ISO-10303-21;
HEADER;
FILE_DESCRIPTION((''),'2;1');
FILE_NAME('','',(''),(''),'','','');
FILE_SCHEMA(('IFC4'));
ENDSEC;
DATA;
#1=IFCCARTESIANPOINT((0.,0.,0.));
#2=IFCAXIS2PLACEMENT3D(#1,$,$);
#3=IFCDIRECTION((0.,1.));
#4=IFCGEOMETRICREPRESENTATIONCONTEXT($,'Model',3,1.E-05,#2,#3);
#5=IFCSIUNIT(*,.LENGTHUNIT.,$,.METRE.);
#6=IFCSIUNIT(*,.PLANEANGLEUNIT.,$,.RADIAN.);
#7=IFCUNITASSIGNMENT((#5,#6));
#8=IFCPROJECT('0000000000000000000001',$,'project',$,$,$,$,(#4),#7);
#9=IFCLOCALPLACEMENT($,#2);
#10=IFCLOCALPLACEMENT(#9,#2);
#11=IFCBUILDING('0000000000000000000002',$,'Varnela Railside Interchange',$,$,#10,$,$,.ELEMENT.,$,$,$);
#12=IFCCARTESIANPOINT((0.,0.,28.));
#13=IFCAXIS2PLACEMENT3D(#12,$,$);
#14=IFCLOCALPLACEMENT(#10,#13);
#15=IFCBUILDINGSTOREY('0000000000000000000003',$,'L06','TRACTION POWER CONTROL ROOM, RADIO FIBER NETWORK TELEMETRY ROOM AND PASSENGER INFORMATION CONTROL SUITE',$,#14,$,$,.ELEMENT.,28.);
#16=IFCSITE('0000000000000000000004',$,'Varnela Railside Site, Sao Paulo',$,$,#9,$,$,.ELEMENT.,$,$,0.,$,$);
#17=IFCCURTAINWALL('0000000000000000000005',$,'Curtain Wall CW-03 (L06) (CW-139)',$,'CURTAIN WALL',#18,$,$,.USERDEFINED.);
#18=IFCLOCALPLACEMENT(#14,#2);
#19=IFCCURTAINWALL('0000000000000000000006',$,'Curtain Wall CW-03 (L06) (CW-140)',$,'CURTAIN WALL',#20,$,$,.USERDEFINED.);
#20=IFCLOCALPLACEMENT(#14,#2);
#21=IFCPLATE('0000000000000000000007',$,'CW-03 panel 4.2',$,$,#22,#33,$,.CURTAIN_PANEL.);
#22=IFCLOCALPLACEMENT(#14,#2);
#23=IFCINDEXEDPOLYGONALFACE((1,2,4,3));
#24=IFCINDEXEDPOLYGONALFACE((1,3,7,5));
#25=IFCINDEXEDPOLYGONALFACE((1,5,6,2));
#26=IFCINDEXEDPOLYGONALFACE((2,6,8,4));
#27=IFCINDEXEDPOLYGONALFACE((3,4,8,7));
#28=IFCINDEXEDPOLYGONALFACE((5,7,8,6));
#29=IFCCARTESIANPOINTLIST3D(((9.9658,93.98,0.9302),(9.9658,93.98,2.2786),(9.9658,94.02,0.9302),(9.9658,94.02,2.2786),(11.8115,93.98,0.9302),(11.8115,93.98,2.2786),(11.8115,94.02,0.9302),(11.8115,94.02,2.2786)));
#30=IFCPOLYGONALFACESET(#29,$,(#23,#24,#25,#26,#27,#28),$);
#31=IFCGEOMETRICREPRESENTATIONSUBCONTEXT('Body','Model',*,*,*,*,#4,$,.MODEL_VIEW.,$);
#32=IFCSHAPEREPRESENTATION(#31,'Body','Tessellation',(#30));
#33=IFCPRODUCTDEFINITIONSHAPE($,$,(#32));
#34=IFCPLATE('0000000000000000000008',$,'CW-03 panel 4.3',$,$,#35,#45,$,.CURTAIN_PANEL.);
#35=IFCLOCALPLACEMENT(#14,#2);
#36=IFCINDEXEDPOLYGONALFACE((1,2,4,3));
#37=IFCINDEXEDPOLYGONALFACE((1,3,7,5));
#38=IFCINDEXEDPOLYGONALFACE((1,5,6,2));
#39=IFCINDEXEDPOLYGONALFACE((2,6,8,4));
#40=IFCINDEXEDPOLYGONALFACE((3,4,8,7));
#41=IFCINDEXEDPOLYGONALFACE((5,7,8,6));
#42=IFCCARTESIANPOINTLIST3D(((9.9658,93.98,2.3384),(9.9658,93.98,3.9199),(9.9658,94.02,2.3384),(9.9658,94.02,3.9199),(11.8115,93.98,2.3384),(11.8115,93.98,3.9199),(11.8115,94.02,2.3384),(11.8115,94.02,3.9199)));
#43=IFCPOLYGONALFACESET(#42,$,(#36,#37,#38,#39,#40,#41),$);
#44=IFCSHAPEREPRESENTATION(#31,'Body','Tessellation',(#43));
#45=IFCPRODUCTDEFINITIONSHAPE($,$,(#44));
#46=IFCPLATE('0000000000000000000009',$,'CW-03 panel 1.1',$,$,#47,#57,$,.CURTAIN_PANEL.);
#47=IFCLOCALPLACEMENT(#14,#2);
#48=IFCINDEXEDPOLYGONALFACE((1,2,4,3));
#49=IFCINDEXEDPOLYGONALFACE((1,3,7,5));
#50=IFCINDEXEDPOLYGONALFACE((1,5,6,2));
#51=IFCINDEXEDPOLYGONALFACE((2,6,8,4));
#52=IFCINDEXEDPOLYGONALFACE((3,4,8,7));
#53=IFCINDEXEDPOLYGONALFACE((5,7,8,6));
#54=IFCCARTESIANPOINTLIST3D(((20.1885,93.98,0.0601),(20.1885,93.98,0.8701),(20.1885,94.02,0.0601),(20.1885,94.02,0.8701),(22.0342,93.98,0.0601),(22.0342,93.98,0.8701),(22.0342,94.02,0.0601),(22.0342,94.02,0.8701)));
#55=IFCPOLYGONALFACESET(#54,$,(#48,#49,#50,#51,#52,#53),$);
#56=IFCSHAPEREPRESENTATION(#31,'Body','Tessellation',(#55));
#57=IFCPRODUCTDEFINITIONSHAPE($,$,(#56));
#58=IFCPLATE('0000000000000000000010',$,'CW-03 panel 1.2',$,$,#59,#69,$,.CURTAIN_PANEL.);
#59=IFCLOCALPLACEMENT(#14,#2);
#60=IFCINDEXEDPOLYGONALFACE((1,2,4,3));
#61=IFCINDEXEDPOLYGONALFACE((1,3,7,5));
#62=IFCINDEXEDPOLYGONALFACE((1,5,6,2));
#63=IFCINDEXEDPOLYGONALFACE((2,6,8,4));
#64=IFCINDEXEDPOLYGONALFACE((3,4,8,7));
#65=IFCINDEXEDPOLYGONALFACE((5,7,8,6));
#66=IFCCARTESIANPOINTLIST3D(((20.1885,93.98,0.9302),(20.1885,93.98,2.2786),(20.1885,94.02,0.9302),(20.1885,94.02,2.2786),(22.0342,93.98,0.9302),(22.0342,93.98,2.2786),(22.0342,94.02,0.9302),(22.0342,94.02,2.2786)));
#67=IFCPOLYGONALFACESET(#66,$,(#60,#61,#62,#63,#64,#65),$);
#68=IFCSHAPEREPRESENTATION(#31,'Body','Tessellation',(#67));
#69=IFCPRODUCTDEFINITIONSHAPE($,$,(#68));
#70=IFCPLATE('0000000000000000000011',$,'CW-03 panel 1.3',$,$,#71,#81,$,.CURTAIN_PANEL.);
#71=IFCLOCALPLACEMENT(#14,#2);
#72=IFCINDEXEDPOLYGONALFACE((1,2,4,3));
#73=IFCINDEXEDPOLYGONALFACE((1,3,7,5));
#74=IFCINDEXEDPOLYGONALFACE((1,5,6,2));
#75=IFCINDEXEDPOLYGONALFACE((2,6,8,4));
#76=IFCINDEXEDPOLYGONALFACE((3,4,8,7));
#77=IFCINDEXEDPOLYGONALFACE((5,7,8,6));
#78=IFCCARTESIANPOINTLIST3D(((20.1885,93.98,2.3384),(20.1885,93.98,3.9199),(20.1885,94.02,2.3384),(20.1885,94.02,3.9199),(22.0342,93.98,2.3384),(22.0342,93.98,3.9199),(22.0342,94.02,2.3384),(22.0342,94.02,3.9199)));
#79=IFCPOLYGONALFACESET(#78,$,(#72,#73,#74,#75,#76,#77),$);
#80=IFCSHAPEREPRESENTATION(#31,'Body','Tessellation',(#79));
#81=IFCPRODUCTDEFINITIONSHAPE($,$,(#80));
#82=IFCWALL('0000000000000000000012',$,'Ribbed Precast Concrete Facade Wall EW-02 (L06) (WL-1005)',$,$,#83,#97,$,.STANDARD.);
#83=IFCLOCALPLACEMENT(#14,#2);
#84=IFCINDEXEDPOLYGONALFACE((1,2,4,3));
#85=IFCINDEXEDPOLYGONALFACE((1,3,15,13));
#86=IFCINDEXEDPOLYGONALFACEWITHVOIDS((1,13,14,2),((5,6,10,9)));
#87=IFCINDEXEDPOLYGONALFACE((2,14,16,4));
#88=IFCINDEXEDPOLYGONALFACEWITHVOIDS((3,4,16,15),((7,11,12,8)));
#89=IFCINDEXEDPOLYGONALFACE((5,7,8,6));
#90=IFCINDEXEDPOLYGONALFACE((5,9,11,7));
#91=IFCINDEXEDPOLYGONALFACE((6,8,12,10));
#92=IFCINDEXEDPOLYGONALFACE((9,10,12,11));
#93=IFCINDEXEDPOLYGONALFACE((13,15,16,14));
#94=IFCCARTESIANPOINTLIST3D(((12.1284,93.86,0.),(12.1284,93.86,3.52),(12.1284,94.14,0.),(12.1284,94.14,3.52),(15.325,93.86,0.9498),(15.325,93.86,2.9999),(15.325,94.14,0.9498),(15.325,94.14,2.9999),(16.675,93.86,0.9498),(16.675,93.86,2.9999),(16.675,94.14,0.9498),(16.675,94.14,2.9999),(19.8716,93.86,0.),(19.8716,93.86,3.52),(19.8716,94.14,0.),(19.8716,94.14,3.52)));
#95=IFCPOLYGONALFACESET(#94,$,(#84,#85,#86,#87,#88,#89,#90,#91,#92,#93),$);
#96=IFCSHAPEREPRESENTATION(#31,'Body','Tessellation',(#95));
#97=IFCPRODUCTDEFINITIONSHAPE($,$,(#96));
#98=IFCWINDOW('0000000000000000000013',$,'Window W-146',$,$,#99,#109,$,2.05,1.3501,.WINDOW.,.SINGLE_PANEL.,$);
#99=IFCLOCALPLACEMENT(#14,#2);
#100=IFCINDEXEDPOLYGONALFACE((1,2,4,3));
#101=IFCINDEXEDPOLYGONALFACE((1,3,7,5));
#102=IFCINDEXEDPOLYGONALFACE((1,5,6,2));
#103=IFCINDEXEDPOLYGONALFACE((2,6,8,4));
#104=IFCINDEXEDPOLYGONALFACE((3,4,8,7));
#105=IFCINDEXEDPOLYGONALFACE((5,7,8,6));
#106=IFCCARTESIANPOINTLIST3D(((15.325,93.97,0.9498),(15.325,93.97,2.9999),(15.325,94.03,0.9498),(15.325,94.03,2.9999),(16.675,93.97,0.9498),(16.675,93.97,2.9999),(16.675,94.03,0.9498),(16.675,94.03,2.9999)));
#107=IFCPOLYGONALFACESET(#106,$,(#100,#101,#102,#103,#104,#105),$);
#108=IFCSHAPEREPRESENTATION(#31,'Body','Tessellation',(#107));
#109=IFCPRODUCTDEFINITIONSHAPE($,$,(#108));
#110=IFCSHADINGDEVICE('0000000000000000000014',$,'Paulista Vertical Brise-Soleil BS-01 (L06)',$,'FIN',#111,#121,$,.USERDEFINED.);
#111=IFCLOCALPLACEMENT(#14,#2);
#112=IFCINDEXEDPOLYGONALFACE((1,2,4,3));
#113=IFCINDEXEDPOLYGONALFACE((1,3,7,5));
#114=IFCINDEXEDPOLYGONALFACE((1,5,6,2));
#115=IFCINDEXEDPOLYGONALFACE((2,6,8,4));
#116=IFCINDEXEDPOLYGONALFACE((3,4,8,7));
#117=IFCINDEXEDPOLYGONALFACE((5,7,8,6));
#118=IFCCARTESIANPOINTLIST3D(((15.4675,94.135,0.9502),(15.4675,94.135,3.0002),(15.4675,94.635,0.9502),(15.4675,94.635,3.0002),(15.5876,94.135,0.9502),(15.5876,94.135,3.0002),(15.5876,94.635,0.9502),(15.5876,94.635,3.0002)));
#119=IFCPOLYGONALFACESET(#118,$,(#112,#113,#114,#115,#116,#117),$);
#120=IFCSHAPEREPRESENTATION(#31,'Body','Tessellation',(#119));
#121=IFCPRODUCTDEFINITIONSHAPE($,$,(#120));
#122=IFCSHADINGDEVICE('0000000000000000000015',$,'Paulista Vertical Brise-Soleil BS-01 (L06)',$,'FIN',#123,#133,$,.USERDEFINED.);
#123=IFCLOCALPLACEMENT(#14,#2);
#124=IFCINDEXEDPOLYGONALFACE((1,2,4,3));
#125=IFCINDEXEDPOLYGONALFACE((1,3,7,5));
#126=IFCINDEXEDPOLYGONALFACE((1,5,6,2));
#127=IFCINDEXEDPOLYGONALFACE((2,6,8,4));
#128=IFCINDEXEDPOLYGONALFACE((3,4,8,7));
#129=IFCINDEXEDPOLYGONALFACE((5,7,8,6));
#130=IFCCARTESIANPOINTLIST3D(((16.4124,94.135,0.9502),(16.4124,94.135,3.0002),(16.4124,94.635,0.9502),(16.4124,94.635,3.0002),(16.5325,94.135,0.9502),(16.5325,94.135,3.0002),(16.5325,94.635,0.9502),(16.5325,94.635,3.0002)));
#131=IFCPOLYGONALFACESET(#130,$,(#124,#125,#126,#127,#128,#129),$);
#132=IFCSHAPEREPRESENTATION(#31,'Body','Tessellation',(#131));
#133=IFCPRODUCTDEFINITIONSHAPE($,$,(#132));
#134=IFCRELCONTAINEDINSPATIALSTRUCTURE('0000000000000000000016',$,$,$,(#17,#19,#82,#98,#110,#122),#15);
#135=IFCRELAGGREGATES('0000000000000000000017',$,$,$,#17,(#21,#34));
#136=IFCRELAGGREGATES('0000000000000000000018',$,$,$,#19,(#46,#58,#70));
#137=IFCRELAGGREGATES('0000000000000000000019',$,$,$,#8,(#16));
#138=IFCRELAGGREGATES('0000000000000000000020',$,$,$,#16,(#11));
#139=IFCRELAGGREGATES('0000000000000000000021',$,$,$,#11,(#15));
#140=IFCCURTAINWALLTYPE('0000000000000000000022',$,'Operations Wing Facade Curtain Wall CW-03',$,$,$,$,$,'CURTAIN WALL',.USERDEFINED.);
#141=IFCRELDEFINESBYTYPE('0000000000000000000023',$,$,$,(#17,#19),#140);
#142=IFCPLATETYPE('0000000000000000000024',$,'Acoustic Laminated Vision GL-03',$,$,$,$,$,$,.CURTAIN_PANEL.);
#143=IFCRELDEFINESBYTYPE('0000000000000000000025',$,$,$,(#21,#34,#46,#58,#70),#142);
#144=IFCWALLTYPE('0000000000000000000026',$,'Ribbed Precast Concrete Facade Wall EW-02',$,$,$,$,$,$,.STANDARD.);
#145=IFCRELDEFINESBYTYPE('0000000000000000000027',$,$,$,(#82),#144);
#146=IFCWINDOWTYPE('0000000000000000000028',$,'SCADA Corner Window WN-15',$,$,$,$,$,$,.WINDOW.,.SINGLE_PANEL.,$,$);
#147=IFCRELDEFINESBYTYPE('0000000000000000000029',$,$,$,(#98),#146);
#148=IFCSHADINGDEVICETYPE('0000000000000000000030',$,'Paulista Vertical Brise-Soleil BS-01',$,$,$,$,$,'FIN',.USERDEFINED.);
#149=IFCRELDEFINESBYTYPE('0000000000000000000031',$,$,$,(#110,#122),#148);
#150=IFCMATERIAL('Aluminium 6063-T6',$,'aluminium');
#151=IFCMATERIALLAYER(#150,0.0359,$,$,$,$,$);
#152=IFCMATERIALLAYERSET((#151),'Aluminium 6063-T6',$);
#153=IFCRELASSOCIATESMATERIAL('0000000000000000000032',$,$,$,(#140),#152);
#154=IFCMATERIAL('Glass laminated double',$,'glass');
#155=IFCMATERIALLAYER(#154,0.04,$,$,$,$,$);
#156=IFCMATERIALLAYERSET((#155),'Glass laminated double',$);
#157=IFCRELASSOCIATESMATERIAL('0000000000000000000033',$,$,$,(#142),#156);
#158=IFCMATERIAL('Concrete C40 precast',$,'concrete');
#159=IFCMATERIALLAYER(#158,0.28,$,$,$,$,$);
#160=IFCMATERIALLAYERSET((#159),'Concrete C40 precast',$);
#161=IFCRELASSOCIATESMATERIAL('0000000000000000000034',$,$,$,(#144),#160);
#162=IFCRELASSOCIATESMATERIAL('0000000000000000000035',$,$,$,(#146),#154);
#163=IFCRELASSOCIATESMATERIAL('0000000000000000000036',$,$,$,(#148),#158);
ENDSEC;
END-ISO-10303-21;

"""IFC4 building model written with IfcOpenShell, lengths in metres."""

from ifc_helpers import new_model, si_unit, direction, frame, frame_2d, origin, origin_2d, place, context, subcontext, project, spatial, rectangle, extrude, material, layer, layer_set, type_object, element, fill, aggregate, save


model = new_model("IFC4")

# Units and contexts
model_context = context("Model", 3, precision=1e-05, world=origin(), true_north=direction((0.0, 1.0)))
body_context = subcontext(model_context, "Body", "Model", "MODEL_VIEW")
ifc_project = project(units=[si_unit("LENGTHUNIT", "METRE"), si_unit("PLANEANGLEUNIT", "RADIAN")], contexts=[model_context])

# Site, building, storey
site_placement = place(None, origin())
site = spatial("IfcSite", under=ifc_project, at=site_placement, Name="Varnela Railside Site, Sao Paulo", CompositionType="ELEMENT", RefElevation=0.0)
building_placement = place(site_placement, origin())
building = spatial("IfcBuilding", under=site, at=building_placement, Name="Varnela Railside Interchange", CompositionType="ELEMENT")
storey_placement = place(building_placement, frame((0.0, 0.0, 28.0)))
storey = spatial("IfcBuildingStorey", under=building, at=storey_placement, Name="L06", Description="TRACTION POWER CONTROL ROOM, RADIO FIBER NETWORK TELEMETRY ROOM AND PASSENGER INFORMATION CONTROL SUITE", CompositionType="ELEMENT", Elevation=28.0)

# Curtain walls
ifc_material_1 = material(Name="Aluminium 6063-T6", Category="aluminium")
ifc_layer_1 = layer(ifc_material_1, 0.0359)
ifc_layer_set_1 = layer_set([ifc_layer_1], Name="Aluminium 6063-T6")
curtain_wall_type = type_object("IfcCurtainWallType", Name="Operations Wing Facade Curtain Wall CW-03", ElementType="CURTAIN WALL", PredefinedType="USERDEFINED", material=ifc_layer_set_1)
curtain_wall_1_placement = place(storey_placement, origin())
curtain_wall_1 = element("IfcCurtainWall", 1, at=curtain_wall_1_placement, inside=storey, type_object=curtain_wall_type, Name="Curtain Wall CW-03 (L06) (CW-139)", ObjectType="CURTAIN WALL", PredefinedType="USERDEFINED")
curtain_wall_2_placement = place(storey_placement, origin())
curtain_wall_2 = element("IfcCurtainWall", 2, at=curtain_wall_2_placement, inside=storey, type_object=curtain_wall_type, Name="Curtain Wall CW-03 (L06) (CW-140)", ObjectType="CURTAIN WALL", PredefinedType="USERDEFINED")

# Plates
ifc_material_2 = material(Name="Glass laminated double", Category="glass")
ifc_layer_2 = layer(ifc_material_2, 0.04)
ifc_layer_set_2 = layer_set([ifc_layer_2], Name="Glass laminated double")
plate_type = type_object("IfcPlateType", Name="Acoustic Laminated Vision GL-03", PredefinedType="CURTAIN_PANEL", material=ifc_layer_set_2)
plate_1_placement = place(storey_placement, frame((10.8887, 94.0, 0.9302), z_axis=(0.0, 0.0, 1.0), x_axis=(1.0, 0.0, 0.0)))
plate_1 = element("IfcPlate", 3, at=plate_1_placement, type_object=plate_type, Name="CW-03 panel 4.2", PredefinedType="CURTAIN_PANEL", context=body_context, shape_type="SweptSolid", body=[
    extrude(rectangle(XDim=1.8457, YDim=0.04, at=origin_2d()), origin(), (0.0, 0.0, 1.0), 1.3484),
])
plate_2_placement = place(storey_placement, frame((10.8887, 94.0, 2.3384), z_axis=(0.0, 0.0, 1.0), x_axis=(1.0, 0.0, 0.0)))
plate_2 = element("IfcPlate", 4, at=plate_2_placement, type_object=plate_type, Name="CW-03 panel 4.3", PredefinedType="CURTAIN_PANEL", context=body_context, shape_type="SweptSolid", body=[
    extrude(rectangle(XDim=1.8457, YDim=0.04, at=origin_2d()), origin(), (0.0, 0.0, 1.0), 1.5815),
])
aggregate(curtain_wall_1, [plate_1, plate_2])
plate_3_placement = place(storey_placement, frame((21.1113, 94.0, 0.0601), z_axis=(0.0, 0.0, 1.0), x_axis=(1.0, 0.0, 0.0)))
plate_3 = element("IfcPlate", 5, at=plate_3_placement, type_object=plate_type, Name="CW-03 panel 1.1", PredefinedType="CURTAIN_PANEL", context=body_context, shape_type="SweptSolid", body=[
    extrude(rectangle(XDim=1.8457, YDim=0.04, at=origin_2d()), origin(), (0.0, 0.0, 1.0), 0.8101),
])
plate_4_placement = place(storey_placement, frame((21.1113, 94.0, 0.9302), z_axis=(0.0, 0.0, 1.0), x_axis=(1.0, 0.0, 0.0)))
plate_4 = element("IfcPlate", 6, at=plate_4_placement, type_object=plate_type, Name="CW-03 panel 1.2", PredefinedType="CURTAIN_PANEL", context=body_context, shape_type="SweptSolid", body=[
    extrude(rectangle(XDim=1.8457, YDim=0.04, at=origin_2d()), origin(), (0.0, 0.0, 1.0), 1.3484),
])
plate_5_placement = place(storey_placement, frame((21.1113, 94.0, 2.3384), z_axis=(0.0, 0.0, 1.0), x_axis=(1.0, 0.0, 0.0)))
plate_5 = element("IfcPlate", 7, at=plate_5_placement, type_object=plate_type, Name="CW-03 panel 1.3", PredefinedType="CURTAIN_PANEL", context=body_context, shape_type="SweptSolid", body=[
    extrude(rectangle(XDim=1.8457, YDim=0.04, at=origin_2d()), origin(), (0.0, 0.0, 1.0), 1.5815),
])
aggregate(curtain_wall_2, [plate_3, plate_4, plate_5])

# Wall, opening, window
ifc_material_3 = material(Name="Concrete C40 precast", Category="concrete")
ifc_layer_3 = layer(ifc_material_3, 0.28)
ifc_layer_set_3 = layer_set([ifc_layer_3], Name="Concrete C40 precast")
wall_type = type_object("IfcWallType", Name="Ribbed Precast Concrete Facade Wall EW-02", PredefinedType="STANDARD", material=ifc_layer_set_3)
wall_placement = place(storey_placement, frame((12.1284, 94.0, 0.0), z_axis=(0.0, 0.0, 1.0), x_axis=(1.0, 0.0, 0.0)))
wall = element("IfcWall", 8, at=wall_placement, inside=storey, type_object=wall_type, Name="Ribbed Precast Concrete Facade Wall EW-02 (L06) (WL-1005)", PredefinedType="STANDARD", context=body_context, shape_type="SweptSolid", body=[
    extrude(rectangle(XDim=7.7432, YDim=0.28, at=frame_2d((3.8716, 0.0))), origin(), (0.0, 0.0, 1.0), 3.52),
])
opening_placement = place(wall_placement, frame((3.1965, 0.0, 0.95)))
opening = element("IfcOpeningElement", 9, at=opening_placement, cuts=wall, PredefinedType="OPENING", context=body_context, shape_type="SweptSolid", body=[
    extrude(rectangle(XDim=1.3501, YDim=2.05, at=frame_2d((0.675, 1.0249))), frame((0.0, 0.1499, 0.0), z_axis=(0.0, -1.0, 0.0), x_axis=(1.0, 0.0, 0.0)), (0.0, 0.0, 1.0), 0.3),
])
window_type = type_object("IfcWindowType", Name="SCADA Corner Window WN-15", PartitioningType="SINGLE_PANEL", PredefinedType="WINDOW", material=ifc_material_2)
window_placement = place(opening_placement, origin())
window = element("IfcWindow", 10, at=window_placement, inside=storey, type_object=window_type, Name="Window W-146", OverallHeight=2.05, OverallWidth=1.3501, PartitioningType="SINGLE_PANEL", PredefinedType="WINDOW", context=body_context, shape_type="SweptSolid", body=[
    extrude(rectangle(XDim=1.3501, YDim=2.05, at=frame_2d((0.675, 1.0249))), frame((0.0, 0.03, 0.0), z_axis=(0.0, -1.0, 0.0), x_axis=(1.0, 0.0, 0.0)), (0.0, 0.0, 1.0), 0.0601),
])
fill(opening, window)

# Shading devices
shading_device_type = type_object("IfcShadingDeviceType", Name="Paulista Vertical Brise-Soleil BS-01", ElementType="FIN", PredefinedType="USERDEFINED", material=ifc_material_3)
for number, where, z_axis, x_axis, name in (
    (11, (15.5276, 94.385, 0.9502), (0.0, 0.0, 1.0), (0.0, 1.0, 0.0), "Paulista Vertical Brise-Soleil BS-01 (L06)"),
    (12, (16.4724, 94.385, 0.9502), (0.0, 0.0, 1.0), (0.0, 1.0, 0.0), "Paulista Vertical Brise-Soleil BS-01 (L06)"),
):
    element("IfcShadingDevice", number, at=place(storey_placement, frame(where, z_axis=z_axis, x_axis=x_axis)), inside=storey, type_object=shading_device_type, Name=name, ObjectType="FIN", PredefinedType="USERDEFINED", context=body_context, shape_type="SweptSolid", body=[
        extrude(rectangle(XDim=0.5, YDim=0.1201, at=origin_2d()), origin(), (0.0, 0.0, 1.0), 2.05),
    ])

save(model, "model.ifc")
